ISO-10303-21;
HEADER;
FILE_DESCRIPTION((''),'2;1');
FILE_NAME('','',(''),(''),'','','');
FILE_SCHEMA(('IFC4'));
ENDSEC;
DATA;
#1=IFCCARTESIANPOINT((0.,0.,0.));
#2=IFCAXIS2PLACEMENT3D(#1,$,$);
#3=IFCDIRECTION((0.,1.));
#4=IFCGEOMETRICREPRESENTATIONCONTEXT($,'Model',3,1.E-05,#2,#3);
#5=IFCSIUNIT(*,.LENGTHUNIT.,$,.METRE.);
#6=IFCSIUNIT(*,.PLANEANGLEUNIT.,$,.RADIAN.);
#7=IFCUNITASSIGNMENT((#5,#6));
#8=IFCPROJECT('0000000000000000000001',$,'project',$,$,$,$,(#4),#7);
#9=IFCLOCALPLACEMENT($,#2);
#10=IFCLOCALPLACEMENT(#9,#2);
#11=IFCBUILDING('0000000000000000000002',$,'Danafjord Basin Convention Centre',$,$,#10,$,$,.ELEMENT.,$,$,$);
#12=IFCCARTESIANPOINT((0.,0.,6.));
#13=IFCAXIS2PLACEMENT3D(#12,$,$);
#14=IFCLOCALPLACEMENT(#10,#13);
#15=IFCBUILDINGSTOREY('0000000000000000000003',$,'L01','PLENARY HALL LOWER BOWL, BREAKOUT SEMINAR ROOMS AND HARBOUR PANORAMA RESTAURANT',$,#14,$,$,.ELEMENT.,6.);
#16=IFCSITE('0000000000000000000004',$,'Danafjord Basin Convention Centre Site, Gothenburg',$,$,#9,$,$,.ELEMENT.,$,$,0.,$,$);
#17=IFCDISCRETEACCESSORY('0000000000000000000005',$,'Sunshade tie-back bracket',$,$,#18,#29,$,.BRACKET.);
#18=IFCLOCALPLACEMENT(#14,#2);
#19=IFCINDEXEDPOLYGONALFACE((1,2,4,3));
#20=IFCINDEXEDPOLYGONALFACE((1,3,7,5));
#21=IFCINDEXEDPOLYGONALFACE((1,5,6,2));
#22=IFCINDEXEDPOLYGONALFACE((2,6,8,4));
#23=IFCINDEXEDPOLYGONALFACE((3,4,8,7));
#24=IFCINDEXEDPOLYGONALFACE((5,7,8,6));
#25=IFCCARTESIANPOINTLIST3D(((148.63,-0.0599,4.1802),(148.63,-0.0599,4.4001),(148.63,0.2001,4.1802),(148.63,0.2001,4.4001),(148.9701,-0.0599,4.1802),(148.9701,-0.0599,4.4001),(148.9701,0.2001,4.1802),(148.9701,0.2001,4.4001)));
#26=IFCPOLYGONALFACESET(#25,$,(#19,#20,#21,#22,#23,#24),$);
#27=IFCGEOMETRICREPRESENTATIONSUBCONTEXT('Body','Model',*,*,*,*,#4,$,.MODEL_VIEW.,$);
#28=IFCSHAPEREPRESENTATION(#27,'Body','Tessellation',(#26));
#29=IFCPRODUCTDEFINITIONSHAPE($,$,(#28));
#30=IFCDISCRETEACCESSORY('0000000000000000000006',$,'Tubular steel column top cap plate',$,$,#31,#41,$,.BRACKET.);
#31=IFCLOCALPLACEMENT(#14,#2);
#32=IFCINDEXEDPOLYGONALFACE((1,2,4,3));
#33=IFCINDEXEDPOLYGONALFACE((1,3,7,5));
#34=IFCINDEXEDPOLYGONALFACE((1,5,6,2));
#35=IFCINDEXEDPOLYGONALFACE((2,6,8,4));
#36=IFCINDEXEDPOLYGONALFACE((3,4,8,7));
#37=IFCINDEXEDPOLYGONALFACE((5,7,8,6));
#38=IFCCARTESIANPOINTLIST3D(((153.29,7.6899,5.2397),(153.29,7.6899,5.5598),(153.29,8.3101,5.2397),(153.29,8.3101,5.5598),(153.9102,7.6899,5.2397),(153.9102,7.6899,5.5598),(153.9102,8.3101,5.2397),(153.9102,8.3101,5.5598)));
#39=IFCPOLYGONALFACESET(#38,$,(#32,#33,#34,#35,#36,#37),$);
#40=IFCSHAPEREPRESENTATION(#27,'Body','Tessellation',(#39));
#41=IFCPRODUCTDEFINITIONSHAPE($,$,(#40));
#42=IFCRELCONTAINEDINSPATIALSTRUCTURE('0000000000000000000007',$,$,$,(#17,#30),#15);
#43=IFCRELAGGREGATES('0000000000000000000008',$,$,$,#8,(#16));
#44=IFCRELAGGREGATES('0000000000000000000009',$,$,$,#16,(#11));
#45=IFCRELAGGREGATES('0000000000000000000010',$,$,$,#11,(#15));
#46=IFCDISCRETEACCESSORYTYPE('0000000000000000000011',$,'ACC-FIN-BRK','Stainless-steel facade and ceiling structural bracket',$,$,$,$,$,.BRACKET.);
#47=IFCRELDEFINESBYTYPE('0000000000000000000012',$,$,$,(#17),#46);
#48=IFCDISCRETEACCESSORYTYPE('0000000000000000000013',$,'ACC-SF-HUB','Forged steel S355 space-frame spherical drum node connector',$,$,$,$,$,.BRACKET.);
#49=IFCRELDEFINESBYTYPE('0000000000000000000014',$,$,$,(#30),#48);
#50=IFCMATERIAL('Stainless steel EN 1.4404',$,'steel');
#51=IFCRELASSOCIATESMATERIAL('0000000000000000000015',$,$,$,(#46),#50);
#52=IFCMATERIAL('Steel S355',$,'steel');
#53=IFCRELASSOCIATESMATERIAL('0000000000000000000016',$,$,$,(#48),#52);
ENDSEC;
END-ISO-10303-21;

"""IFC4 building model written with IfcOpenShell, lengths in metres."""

from ifc_helpers import new_model, si_unit, direction, frame, origin, origin_2d, place, context, subcontext, project, spatial, rectangle, extrude, material, type_object, element, save


model = new_model("IFC4")

# Units and contexts
model_context = context("Model", 3, precision=1e-05, world=origin(), true_north=direction((0.0, 1.0)))
body_context = subcontext(model_context, "Body", "Model", "MODEL_VIEW")
ifc_project = project(units=[si_unit("LENGTHUNIT", "METRE"), si_unit("PLANEANGLEUNIT", "RADIAN")], contexts=[model_context])

# Site, building, storey
site_placement = place(None, origin())
site = spatial("IfcSite", under=ifc_project, at=site_placement, Name="Danafjord Basin Convention Centre Site, Gothenburg", CompositionType="ELEMENT", RefElevation=0.0)
building_placement = place(site_placement, origin())
building = spatial("IfcBuilding", under=site, at=building_placement, Name="Danafjord Basin Convention Centre", CompositionType="ELEMENT")
storey_placement = place(building_placement, frame((0.0, 0.0, 6.0)))
storey = spatial("IfcBuildingStorey", under=building, at=storey_placement, Name="L01", Description="PLENARY HALL LOWER BOWL, BREAKOUT SEMINAR ROOMS AND HARBOUR PANORAMA RESTAURANT", CompositionType="ELEMENT", Elevation=6.0)

# Shared definitions
ifc_material_1 = material(Name="Steel S355", Category="steel")

# Discrete accessories
ifc_material_2 = material(Name="Stainless steel EN 1.4404", Category="steel")
discrete_accessory_type_1 = type_object("IfcDiscreteAccessoryType", Name="ACC-FIN-BRK", Description="Stainless-steel facade and ceiling structural bracket", PredefinedType="BRACKET", material=ifc_material_2)
discrete_accessory_1_placement = place(storey_placement, frame((148.8, 0.0701, 4.1802), z_axis=(0.0, 0.0, 1.0), x_axis=(1.0, 0.0, 0.0)))
element("IfcDiscreteAccessory", 1, at=discrete_accessory_1_placement, inside=storey, type_object=discrete_accessory_type_1, Name="Sunshade tie-back bracket", PredefinedType="BRACKET", context=body_context, shape_type="SweptSolid", body=[
    extrude(rectangle(XDim=0.3401, YDim=0.26, at=origin_2d()), origin(), (0.0, 0.0, 1.0), 0.22),
])
discrete_accessory_type_2 = type_object("IfcDiscreteAccessoryType", Name="ACC-SF-HUB", Description="Forged steel S355 space-frame spherical drum node connector", PredefinedType="BRACKET", material=ifc_material_1)
discrete_accessory_2_placement = place(storey_placement, frame((153.6001, 8.0, 5.2397), z_axis=(0.0, 0.0, 1.0), x_axis=(1.0, 0.0, 0.0)))
element("IfcDiscreteAccessory", 2, at=discrete_accessory_2_placement, inside=storey, type_object=discrete_accessory_type_2, Name="Tubular steel column top cap plate", PredefinedType="BRACKET", context=body_context, shape_type="SweptSolid", body=[
    extrude(rectangle(XDim=0.6201, YDim=0.6201, at=origin_2d()), origin(), (0.0, 0.0, 1.0), 0.3201),
])

save(model, "model.ifc")
